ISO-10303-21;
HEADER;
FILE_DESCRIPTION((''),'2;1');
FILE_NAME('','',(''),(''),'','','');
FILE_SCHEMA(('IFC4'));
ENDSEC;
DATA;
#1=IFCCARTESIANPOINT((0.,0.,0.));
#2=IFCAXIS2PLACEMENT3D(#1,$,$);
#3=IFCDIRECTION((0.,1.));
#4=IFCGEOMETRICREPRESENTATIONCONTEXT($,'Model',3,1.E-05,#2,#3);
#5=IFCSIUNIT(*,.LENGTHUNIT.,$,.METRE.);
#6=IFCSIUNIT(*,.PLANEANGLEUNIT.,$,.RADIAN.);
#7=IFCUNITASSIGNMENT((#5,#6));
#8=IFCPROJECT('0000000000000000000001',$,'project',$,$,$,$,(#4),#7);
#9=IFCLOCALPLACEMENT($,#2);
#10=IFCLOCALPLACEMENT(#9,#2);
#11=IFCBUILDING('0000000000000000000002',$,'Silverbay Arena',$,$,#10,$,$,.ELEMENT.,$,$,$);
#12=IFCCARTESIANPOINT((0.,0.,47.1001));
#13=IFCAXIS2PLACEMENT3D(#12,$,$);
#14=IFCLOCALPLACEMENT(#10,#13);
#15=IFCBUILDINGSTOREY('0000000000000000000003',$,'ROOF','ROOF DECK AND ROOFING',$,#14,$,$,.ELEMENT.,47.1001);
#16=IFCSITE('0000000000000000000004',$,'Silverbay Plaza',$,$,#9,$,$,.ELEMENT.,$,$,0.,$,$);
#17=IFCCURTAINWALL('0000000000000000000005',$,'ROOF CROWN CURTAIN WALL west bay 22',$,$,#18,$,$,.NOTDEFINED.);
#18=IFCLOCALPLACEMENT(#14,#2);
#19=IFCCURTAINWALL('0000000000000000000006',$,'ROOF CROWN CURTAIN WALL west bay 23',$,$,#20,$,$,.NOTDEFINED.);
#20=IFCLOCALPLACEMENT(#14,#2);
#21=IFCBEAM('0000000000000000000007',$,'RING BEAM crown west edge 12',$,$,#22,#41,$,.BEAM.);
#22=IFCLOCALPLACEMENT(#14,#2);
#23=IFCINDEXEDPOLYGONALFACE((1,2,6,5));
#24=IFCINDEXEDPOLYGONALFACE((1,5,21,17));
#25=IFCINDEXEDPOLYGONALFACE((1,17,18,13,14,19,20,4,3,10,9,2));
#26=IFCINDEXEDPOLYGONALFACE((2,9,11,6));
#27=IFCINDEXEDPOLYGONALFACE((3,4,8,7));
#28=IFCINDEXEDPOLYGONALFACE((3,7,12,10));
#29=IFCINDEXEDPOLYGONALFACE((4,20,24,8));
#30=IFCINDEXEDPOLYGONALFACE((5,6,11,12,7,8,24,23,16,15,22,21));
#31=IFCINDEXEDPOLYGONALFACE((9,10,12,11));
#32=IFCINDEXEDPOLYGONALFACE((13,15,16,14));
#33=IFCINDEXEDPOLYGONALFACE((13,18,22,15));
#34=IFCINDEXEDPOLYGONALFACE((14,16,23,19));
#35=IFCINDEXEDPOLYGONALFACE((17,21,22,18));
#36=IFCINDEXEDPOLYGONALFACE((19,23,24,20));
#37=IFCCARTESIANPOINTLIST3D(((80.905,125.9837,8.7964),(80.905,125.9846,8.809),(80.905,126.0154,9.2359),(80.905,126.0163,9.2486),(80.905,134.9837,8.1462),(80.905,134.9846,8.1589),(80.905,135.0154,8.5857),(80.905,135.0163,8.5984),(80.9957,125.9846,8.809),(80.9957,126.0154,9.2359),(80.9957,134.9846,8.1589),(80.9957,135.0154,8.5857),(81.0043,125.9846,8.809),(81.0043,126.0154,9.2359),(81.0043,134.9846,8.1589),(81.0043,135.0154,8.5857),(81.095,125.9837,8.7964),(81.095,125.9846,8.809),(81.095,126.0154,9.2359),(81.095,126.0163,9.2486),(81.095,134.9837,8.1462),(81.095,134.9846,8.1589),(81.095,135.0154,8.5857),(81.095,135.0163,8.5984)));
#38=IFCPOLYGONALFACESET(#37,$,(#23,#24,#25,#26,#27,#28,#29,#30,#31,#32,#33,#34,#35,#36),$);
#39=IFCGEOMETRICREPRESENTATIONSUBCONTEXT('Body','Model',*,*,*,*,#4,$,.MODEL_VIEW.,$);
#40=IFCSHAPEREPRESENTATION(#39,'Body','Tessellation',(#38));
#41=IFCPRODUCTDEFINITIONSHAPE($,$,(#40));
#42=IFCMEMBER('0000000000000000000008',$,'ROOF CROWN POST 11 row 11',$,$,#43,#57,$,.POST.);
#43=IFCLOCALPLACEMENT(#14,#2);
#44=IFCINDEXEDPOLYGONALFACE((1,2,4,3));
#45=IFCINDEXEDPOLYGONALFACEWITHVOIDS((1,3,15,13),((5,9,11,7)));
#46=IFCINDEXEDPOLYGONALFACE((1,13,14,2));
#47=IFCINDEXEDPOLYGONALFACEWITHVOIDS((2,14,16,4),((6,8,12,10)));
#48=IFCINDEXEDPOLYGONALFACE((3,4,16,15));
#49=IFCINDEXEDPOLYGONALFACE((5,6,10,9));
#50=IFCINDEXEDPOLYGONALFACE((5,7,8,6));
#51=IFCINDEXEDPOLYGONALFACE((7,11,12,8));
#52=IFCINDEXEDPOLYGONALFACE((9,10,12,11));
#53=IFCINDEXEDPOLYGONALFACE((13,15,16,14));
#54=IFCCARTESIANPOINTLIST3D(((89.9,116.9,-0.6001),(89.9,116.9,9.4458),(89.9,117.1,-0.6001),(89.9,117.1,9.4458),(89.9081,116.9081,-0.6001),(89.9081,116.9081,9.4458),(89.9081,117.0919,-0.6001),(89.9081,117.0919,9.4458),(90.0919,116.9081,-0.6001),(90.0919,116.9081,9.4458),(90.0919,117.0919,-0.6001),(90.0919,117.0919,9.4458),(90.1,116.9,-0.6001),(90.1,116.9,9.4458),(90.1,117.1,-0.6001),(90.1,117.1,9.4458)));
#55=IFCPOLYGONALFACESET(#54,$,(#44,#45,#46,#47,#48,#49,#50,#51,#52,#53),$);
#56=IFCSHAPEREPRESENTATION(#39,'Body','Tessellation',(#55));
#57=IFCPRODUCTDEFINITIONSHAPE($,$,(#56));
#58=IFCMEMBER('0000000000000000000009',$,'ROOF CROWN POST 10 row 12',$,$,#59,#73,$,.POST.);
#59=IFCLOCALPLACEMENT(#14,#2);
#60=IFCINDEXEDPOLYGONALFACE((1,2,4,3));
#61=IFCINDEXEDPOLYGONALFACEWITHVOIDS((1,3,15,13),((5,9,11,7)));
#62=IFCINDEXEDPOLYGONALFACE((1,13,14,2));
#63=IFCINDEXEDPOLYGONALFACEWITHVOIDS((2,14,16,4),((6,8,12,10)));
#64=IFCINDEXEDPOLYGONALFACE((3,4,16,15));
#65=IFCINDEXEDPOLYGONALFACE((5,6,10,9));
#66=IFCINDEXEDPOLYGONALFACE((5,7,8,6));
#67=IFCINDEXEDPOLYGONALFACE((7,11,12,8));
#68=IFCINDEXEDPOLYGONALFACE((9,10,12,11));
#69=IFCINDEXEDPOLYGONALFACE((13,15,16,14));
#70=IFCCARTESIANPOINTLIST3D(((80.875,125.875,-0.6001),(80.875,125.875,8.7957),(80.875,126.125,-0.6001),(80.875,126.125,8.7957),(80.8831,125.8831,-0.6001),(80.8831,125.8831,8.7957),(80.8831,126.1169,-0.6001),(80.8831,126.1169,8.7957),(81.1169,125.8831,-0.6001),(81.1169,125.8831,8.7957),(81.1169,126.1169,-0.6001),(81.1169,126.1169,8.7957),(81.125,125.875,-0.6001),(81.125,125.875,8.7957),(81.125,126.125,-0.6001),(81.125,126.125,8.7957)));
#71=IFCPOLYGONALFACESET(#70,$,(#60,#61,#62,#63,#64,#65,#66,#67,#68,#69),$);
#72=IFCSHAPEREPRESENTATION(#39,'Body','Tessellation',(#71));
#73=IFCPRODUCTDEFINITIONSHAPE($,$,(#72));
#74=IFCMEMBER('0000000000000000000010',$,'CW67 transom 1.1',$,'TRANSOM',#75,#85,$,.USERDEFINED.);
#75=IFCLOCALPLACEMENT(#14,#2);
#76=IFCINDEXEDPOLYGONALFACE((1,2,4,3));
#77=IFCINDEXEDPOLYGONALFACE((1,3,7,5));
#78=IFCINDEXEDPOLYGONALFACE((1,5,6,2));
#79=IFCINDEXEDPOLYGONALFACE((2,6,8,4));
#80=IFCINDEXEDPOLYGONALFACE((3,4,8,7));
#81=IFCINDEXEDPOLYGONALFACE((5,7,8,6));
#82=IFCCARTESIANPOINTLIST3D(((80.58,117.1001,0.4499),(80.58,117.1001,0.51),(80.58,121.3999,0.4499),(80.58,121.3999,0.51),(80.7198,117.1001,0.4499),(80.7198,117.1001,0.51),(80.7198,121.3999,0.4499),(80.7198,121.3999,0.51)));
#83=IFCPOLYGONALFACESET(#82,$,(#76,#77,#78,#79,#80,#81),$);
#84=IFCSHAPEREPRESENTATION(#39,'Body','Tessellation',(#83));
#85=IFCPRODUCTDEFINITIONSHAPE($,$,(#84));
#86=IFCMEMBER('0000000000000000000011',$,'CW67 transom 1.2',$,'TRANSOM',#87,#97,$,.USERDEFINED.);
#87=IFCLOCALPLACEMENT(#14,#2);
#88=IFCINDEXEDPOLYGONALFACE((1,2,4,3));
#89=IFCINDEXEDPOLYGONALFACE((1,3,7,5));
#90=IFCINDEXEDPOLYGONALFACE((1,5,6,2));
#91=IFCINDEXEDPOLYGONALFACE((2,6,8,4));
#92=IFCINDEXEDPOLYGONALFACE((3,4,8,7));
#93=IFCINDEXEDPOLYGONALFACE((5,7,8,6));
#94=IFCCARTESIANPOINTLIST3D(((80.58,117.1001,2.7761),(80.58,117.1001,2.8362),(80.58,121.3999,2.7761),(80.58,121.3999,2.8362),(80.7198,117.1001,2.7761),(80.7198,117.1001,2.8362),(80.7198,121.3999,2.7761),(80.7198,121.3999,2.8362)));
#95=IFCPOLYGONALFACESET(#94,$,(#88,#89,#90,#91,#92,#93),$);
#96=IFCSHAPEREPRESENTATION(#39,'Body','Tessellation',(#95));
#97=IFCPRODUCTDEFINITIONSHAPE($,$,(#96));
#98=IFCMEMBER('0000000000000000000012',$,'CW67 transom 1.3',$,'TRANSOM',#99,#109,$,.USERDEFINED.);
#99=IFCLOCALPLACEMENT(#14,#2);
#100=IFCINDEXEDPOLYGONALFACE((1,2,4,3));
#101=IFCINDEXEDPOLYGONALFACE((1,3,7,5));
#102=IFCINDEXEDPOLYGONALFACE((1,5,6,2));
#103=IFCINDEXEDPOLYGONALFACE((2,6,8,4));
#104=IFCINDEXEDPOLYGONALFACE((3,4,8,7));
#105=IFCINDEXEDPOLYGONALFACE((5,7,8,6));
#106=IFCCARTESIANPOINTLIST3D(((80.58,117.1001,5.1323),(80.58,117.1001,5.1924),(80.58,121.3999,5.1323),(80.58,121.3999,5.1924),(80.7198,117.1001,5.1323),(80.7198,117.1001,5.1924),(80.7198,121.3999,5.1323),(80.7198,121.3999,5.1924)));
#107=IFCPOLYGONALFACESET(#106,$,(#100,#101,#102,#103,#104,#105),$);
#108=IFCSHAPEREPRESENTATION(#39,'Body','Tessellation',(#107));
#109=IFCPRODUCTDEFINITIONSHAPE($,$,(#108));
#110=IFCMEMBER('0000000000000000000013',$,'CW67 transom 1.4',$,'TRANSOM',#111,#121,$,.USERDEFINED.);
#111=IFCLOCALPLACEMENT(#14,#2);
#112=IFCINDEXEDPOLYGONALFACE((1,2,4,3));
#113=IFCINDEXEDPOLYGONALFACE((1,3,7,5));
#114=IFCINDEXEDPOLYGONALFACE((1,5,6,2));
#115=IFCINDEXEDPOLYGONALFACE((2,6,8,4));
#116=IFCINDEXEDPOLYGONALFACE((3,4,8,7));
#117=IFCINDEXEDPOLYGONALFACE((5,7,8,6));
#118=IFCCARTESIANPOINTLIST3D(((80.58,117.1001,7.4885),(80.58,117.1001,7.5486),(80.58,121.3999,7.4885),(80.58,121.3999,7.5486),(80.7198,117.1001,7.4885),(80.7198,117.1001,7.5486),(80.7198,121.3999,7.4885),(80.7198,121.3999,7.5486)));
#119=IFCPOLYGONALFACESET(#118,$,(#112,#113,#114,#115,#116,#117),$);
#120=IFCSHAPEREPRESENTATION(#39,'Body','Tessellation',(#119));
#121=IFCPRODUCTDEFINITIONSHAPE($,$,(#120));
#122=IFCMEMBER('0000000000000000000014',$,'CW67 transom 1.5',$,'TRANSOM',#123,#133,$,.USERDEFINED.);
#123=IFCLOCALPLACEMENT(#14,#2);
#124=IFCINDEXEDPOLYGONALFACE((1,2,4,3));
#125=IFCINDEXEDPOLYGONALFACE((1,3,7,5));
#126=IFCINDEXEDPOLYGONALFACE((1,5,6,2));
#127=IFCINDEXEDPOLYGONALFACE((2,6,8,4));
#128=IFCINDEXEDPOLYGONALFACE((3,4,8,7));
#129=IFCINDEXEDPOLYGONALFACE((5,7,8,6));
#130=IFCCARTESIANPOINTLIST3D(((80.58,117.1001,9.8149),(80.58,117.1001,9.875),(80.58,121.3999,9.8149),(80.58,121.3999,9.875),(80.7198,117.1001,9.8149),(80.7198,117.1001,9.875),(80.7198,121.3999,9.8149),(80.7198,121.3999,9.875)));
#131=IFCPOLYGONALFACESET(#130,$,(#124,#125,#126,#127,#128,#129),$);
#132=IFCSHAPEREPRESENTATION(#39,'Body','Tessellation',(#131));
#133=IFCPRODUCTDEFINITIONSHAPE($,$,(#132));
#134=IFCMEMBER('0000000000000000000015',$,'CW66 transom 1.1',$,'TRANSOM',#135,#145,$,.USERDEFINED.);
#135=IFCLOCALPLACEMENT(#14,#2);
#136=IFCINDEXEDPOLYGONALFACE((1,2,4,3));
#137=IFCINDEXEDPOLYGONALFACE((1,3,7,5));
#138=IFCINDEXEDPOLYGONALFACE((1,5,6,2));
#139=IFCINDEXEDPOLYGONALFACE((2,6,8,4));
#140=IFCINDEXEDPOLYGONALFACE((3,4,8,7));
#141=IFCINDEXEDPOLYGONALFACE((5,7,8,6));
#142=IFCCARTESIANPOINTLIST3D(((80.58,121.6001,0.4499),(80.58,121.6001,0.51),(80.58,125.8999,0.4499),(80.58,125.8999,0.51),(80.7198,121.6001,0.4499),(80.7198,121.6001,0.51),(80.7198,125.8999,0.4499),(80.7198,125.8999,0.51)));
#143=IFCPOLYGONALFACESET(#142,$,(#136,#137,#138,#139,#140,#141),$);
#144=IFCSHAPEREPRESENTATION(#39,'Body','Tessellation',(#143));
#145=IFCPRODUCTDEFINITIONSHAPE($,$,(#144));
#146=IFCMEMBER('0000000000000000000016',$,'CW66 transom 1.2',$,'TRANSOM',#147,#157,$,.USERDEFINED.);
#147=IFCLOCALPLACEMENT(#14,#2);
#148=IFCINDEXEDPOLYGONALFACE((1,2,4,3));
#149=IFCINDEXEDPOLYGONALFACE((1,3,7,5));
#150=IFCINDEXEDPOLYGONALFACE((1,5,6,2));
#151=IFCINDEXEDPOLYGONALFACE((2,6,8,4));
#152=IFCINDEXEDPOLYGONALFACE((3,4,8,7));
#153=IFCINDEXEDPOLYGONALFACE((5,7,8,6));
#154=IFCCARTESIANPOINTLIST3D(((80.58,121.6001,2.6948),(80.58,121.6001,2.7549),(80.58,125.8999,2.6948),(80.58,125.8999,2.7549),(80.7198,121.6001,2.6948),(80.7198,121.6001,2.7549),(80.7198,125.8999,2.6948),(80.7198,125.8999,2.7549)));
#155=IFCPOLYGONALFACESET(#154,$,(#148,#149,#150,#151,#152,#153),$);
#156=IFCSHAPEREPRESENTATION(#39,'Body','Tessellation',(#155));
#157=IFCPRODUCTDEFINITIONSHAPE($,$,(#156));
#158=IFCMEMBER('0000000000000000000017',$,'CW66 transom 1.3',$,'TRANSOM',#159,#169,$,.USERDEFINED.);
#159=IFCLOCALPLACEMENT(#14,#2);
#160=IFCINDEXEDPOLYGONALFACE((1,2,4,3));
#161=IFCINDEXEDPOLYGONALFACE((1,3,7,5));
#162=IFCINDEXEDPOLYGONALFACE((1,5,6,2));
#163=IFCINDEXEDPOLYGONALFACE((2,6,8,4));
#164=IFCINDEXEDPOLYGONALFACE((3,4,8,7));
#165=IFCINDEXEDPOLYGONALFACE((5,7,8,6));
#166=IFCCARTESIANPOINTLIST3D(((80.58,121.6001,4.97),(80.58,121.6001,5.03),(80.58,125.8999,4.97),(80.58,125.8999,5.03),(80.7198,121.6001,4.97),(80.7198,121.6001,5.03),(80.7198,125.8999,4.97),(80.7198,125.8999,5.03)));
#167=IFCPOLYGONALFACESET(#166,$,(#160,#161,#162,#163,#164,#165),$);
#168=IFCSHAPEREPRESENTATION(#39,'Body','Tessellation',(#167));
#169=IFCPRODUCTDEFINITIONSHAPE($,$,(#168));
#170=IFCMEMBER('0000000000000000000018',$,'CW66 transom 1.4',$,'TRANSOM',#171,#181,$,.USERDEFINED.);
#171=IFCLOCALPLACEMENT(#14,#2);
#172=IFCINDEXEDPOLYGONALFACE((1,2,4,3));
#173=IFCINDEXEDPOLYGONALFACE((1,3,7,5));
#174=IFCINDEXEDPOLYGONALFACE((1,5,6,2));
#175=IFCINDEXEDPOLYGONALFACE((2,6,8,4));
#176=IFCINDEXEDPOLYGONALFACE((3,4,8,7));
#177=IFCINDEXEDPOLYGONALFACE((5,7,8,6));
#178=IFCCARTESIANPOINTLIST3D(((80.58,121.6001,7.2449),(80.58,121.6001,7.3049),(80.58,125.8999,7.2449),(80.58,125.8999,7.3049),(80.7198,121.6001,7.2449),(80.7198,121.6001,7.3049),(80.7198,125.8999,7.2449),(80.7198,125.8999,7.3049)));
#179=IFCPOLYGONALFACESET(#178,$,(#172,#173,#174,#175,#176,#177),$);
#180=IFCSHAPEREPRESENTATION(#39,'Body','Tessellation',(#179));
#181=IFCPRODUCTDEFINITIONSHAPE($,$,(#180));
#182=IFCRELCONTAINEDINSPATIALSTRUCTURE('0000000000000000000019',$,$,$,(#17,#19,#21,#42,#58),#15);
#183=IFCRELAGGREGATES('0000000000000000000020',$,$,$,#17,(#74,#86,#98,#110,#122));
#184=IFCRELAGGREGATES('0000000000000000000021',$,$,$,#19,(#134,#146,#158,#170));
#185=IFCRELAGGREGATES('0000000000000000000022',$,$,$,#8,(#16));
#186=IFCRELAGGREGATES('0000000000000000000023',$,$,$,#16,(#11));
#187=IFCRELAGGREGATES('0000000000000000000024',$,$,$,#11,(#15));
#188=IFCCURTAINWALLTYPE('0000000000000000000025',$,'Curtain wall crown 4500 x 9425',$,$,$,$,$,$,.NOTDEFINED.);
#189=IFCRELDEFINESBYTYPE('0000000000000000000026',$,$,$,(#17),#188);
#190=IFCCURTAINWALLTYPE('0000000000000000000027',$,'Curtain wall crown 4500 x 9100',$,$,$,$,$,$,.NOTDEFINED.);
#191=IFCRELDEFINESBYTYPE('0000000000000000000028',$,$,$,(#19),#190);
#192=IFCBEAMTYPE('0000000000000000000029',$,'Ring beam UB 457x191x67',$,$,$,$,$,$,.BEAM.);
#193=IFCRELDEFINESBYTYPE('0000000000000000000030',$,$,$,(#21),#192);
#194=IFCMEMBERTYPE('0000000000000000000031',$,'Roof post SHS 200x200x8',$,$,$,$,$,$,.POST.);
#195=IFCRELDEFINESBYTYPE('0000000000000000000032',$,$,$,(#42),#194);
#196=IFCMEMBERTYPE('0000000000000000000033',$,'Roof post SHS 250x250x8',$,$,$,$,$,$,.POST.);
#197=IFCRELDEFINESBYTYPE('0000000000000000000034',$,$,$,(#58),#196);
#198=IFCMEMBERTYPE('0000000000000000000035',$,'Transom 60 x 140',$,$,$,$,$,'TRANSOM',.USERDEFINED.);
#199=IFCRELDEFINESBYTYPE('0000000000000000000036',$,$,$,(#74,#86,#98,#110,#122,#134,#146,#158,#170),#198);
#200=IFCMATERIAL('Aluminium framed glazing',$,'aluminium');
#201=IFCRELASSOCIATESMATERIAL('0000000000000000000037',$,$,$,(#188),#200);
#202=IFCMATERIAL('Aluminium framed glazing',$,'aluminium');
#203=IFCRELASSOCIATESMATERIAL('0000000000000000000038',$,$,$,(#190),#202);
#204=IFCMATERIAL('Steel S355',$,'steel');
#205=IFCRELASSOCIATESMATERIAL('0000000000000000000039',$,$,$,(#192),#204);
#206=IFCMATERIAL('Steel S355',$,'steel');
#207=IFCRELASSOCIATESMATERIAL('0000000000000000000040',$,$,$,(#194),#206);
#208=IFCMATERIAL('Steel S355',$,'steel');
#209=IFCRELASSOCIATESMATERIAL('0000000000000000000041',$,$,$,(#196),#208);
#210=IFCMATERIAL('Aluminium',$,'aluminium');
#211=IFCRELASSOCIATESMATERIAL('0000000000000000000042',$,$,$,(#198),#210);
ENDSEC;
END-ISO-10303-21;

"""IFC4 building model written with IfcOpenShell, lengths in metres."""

from ifc_helpers import new_model, si_unit, direction, frame, origin, origin_2d, place, context, subcontext, project, spatial, rectangle, hollow_rectangle, i_section, extrude, material, material_profile, profile_set, type_object, element, aggregate, save


model = new_model("IFC4")

# Units and contexts
model_context = context("Model", 3, precision=1e-05, world=origin(), true_north=direction((0.0, 1.0)))
body_context = subcontext(model_context, "Body", "Model", "MODEL_VIEW")
ifc_project = project(units=[si_unit("LENGTHUNIT", "METRE"), si_unit("PLANEANGLEUNIT", "RADIAN")], contexts=[model_context])

# Site, building, storey
site_placement = place(None, origin())
site = spatial("IfcSite", under=ifc_project, at=site_placement, Name="Silverbay Plaza", CompositionType="ELEMENT", RefElevation=0.0)
building_placement = place(site_placement, origin())
building = spatial("IfcBuilding", under=site, at=building_placement, Name="Silverbay Arena", CompositionType="ELEMENT")
storey_placement = place(building_placement, frame((0.0, 0.0, 47.1001)))
storey = spatial("IfcBuildingStorey", under=building, at=storey_placement, Name="ROOF", Description="ROOF DECK AND ROOFING", CompositionType="ELEMENT", Elevation=47.1001)

# Curtain walls
ifc_material_1 = material(Name="Aluminium framed glazing", Category="aluminium")
curtain_wall_type_1 = type_object("IfcCurtainWallType", Name="Curtain wall crown 4500 x 9425", PredefinedType="NOTDEFINED", material=ifc_material_1)
curtain_wall_1_placement = place(storey_placement, origin())
curtain_wall_1 = element("IfcCurtainWall", 1, at=curtain_wall_1_placement, inside=storey, type_object=curtain_wall_type_1, Name="ROOF CROWN CURTAIN WALL west bay 22", PredefinedType="NOTDEFINED")
placement = place(building_placement, frame((0.0, 0.0, 33.5)))
ifc_material_2 = material(Name="Aluminium framed glazing", Category="aluminium")
curtain_wall_type_2 = type_object("IfcCurtainWallType", Name="Curtain wall crown 4500 x 9100", PredefinedType="NOTDEFINED", material=ifc_material_2)
curtain_wall_2_placement = place(storey_placement, origin())
curtain_wall_2 = element("IfcCurtainWall", 2, at=curtain_wall_2_placement, inside=storey, type_object=curtain_wall_type_2, Name="ROOF CROWN CURTAIN WALL west bay 23", PredefinedType="NOTDEFINED")

# Beam
ifc_material_3 = material(Name="Steel S355", Category="steel")
ifc_material_profile_1 = material_profile(ifc_material_3, i_section(OverallWidth=0.1899, OverallDepth=0.4534, WebThickness=0.0085, FlangeThickness=0.0127, at=origin_2d()), Name="UB 457x191x67")
ifc_profile_set_1 = profile_set([ifc_material_profile_1], Name="Steel S355")
beam_type = type_object("IfcBeamType", Name="Ring beam UB 457x191x67", PredefinedType="BEAM", material=ifc_profile_set_1)
beam_1_placement = place(storey_placement, frame((81.0, 126.0, 9.0225), z_axis=(0.0, 0.997401, -0.072051), x_axis=(-1.0, 0.0, 0.0)))
element("IfcBeam", 3, at=beam_1_placement, inside=storey, type_object=beam_type, Name="RING BEAM crown west edge 12", PredefinedType="BEAM", context=body_context, shape_type="SweptSolid", body=[
    extrude(i_section(OverallWidth=0.1899, OverallDepth=0.4534, WebThickness=0.0085, FlangeThickness=0.0127, at=origin_2d()), origin(), (0.0, 0.0, 1.0), 9.0234),
])

# Members
ifc_material_4 = material(Name="Steel S355", Category="steel")
ifc_material_profile_2 = material_profile(ifc_material_4, hollow_rectangle(XDim=0.2, YDim=0.2, WallThickness=0.0081, at=origin_2d()), Name="SHS 200x200x8")
ifc_profile_set_2 = profile_set([ifc_material_profile_2], Name="Steel S355")
member_type_1 = type_object("IfcMemberType", Name="Roof post SHS 200x200x8", PredefinedType="POST", material=ifc_profile_set_2)
member_1_placement = place(storey_placement, frame((90.0, 117.0, -0.6001), z_axis=(0.0, 0.0, 1.0), x_axis=(1.0, 0.0, 0.0)))
element("IfcMember", 4, at=member_1_placement, inside=storey, type_object=member_type_1, Name="ROOF CROWN POST 11 row 11", PredefinedType="POST", context=body_context, shape_type="SweptSolid", body=[
    extrude(hollow_rectangle(XDim=0.2, YDim=0.2, WallThickness=0.0081, at=origin_2d()), origin(), (0.0, 0.0, 1.0), 10.0459),
])
ifc_material_5 = material(Name="Steel S355", Category="steel")
ifc_material_profile_3 = material_profile(ifc_material_5, hollow_rectangle(XDim=0.25, YDim=0.25, WallThickness=0.0081, at=origin_2d()), Name="SHS 250x250x8")
ifc_profile_set_3 = profile_set([ifc_material_profile_3], Name="Steel S355")
member_type_2 = type_object("IfcMemberType", Name="Roof post SHS 250x250x8", PredefinedType="POST", material=ifc_profile_set_3)
member_2_placement = place(storey_placement, frame((81.0, 126.0, -0.6001), z_axis=(0.0, 0.0, 1.0), x_axis=(1.0, 0.0, 0.0)))
element("IfcMember", 5, at=member_2_placement, inside=storey, type_object=member_type_2, Name="ROOF CROWN POST 10 row 12", PredefinedType="POST", context=body_context, shape_type="SweptSolid", body=[
    extrude(hollow_rectangle(XDim=0.25, YDim=0.25, WallThickness=0.0081, at=origin_2d()), origin(), (0.0, 0.0, 1.0), 9.3958),
])

# Members
ifc_material_6 = material(Name="Aluminium", Category="aluminium")
ifc_material_profile_4 = material_profile(ifc_material_6, rectangle(XDim=0.1399, YDim=0.0601, at=origin_2d()), Name="Transom 60 x 140")
ifc_profile_set_4 = profile_set([ifc_material_profile_4], Name="Aluminium")
member_type_3 = type_object("IfcMemberType", Name="Transom 60 x 140", ElementType="TRANSOM", PredefinedType="USERDEFINED", material=ifc_profile_set_4)
member_3_placement = place(placement, frame((80.6499, 117.1001, 14.0801), z_axis=(0.0, 1.0, 0.0), x_axis=(-1.0, 0.0, 0.0)))
member_3 = element("IfcMember", 6, at=member_3_placement, type_object=member_type_3, Name="CW67 transom 1.1", ObjectType="TRANSOM", PredefinedType="USERDEFINED", context=body_context, shape_type="SweptSolid", body=[
    extrude(rectangle(XDim=0.1399, YDim=0.0601, at=origin_2d()), origin(), (0.0, 0.0, 1.0), 4.2998),
])
member_4_placement = place(placement, frame((80.6499, 117.1001, 16.4062), z_axis=(0.0, 1.0, 0.0), x_axis=(-1.0, 0.0, 0.0)))
member_4 = element("IfcMember", 7, at=member_4_placement, type_object=member_type_3, Name="CW67 transom 1.2", ObjectType="TRANSOM", PredefinedType="USERDEFINED", context=body_context, shape_type="SweptSolid", body=[
    extrude(rectangle(XDim=0.1399, YDim=0.0601, at=origin_2d()), origin(), (0.0, 0.0, 1.0), 4.2998),
])
member_5_placement = place(placement, frame((80.6499, 117.1001, 18.7625), z_axis=(0.0, 1.0, 0.0), x_axis=(-1.0, 0.0, 0.0)))
member_5 = element("IfcMember", 8, at=member_5_placement, type_object=member_type_3, Name="CW67 transom 1.3", ObjectType="TRANSOM", PredefinedType="USERDEFINED", context=body_context, shape_type="SweptSolid", body=[
    extrude(rectangle(XDim=0.1399, YDim=0.0601, at=origin_2d()), origin(), (0.0, 0.0, 1.0), 4.2998),
])
member_6_placement = place(placement, frame((80.6499, 117.1001, 21.1187), z_axis=(0.0, 1.0, 0.0), x_axis=(-1.0, 0.0, 0.0)))
member_6 = element("IfcMember", 9, at=member_6_placement, type_object=member_type_3, Name="CW67 transom 1.4", ObjectType="TRANSOM", PredefinedType="USERDEFINED", context=body_context, shape_type="SweptSolid", body=[
    extrude(rectangle(XDim=0.1399, YDim=0.0601, at=origin_2d()), origin(), (0.0, 0.0, 1.0), 4.2998),
])
member_7_placement = place(placement, frame((80.6499, 117.1001, 23.4451), z_axis=(0.0, 1.0, 0.0), x_axis=(-1.0, 0.0, 0.0)))
member_7 = element("IfcMember", 10, at=member_7_placement, type_object=member_type_3, Name="CW67 transom 1.5", ObjectType="TRANSOM", PredefinedType="USERDEFINED", context=body_context, shape_type="SweptSolid", body=[
    extrude(rectangle(XDim=0.1399, YDim=0.0601, at=origin_2d()), origin(), (0.0, 0.0, 1.0), 4.2998),
])
member_8_placement = place(placement, frame((80.6499, 121.6001, 14.0801), z_axis=(0.0, 1.0, 0.0), x_axis=(-1.0, 0.0, 0.0)))
member_8 = element("IfcMember", 11, at=member_8_placement, type_object=member_type_3, Name="CW66 transom 1.1", ObjectType="TRANSOM", PredefinedType="USERDEFINED", context=body_context, shape_type="SweptSolid", body=[
    extrude(rectangle(XDim=0.1399, YDim=0.0601, at=origin_2d()), origin(), (0.0, 0.0, 1.0), 4.2998),
])
member_9_placement = place(placement, frame((80.6499, 121.6001, 16.325), z_axis=(0.0, 1.0, 0.0), x_axis=(-1.0, 0.0, 0.0)))
member_9 = element("IfcMember", 12, at=member_9_placement, type_object=member_type_3, Name="CW66 transom 1.2", ObjectType="TRANSOM", PredefinedType="USERDEFINED", context=body_context, shape_type="SweptSolid", body=[
    extrude(rectangle(XDim=0.1399, YDim=0.0601, at=origin_2d()), origin(), (0.0, 0.0, 1.0), 4.2998),
])
member_10_placement = place(placement, frame((80.6499, 121.6001, 18.6001), z_axis=(0.0, 1.0, 0.0), x_axis=(-1.0, 0.0, 0.0)))
member_10 = element("IfcMember", 13, at=member_10_placement, type_object=member_type_3, Name="CW66 transom 1.3", ObjectType="TRANSOM", PredefinedType="USERDEFINED", context=body_context, shape_type="SweptSolid", body=[
    extrude(rectangle(XDim=0.1399, YDim=0.0601, at=origin_2d()), origin(), (0.0, 0.0, 1.0), 4.2998),
])
member_11_placement = place(placement, frame((80.6499, 121.6001, 20.875), z_axis=(0.0, 1.0, 0.0), x_axis=(-1.0, 0.0, 0.0)))
member_11 = element("IfcMember", 14, at=member_11_placement, type_object=member_type_3, Name="CW66 transom 1.4", ObjectType="TRANSOM", PredefinedType="USERDEFINED", context=body_context, shape_type="SweptSolid", body=[
    extrude(rectangle(XDim=0.1399, YDim=0.0601, at=origin_2d()), origin(), (0.0, 0.0, 1.0), 4.2998),
])

aggregate(curtain_wall_1, [member_3, member_4, member_5, member_6, member_7])
aggregate(curtain_wall_2, [member_8, member_9, member_10, member_11])

save(model, "model.ifc")
